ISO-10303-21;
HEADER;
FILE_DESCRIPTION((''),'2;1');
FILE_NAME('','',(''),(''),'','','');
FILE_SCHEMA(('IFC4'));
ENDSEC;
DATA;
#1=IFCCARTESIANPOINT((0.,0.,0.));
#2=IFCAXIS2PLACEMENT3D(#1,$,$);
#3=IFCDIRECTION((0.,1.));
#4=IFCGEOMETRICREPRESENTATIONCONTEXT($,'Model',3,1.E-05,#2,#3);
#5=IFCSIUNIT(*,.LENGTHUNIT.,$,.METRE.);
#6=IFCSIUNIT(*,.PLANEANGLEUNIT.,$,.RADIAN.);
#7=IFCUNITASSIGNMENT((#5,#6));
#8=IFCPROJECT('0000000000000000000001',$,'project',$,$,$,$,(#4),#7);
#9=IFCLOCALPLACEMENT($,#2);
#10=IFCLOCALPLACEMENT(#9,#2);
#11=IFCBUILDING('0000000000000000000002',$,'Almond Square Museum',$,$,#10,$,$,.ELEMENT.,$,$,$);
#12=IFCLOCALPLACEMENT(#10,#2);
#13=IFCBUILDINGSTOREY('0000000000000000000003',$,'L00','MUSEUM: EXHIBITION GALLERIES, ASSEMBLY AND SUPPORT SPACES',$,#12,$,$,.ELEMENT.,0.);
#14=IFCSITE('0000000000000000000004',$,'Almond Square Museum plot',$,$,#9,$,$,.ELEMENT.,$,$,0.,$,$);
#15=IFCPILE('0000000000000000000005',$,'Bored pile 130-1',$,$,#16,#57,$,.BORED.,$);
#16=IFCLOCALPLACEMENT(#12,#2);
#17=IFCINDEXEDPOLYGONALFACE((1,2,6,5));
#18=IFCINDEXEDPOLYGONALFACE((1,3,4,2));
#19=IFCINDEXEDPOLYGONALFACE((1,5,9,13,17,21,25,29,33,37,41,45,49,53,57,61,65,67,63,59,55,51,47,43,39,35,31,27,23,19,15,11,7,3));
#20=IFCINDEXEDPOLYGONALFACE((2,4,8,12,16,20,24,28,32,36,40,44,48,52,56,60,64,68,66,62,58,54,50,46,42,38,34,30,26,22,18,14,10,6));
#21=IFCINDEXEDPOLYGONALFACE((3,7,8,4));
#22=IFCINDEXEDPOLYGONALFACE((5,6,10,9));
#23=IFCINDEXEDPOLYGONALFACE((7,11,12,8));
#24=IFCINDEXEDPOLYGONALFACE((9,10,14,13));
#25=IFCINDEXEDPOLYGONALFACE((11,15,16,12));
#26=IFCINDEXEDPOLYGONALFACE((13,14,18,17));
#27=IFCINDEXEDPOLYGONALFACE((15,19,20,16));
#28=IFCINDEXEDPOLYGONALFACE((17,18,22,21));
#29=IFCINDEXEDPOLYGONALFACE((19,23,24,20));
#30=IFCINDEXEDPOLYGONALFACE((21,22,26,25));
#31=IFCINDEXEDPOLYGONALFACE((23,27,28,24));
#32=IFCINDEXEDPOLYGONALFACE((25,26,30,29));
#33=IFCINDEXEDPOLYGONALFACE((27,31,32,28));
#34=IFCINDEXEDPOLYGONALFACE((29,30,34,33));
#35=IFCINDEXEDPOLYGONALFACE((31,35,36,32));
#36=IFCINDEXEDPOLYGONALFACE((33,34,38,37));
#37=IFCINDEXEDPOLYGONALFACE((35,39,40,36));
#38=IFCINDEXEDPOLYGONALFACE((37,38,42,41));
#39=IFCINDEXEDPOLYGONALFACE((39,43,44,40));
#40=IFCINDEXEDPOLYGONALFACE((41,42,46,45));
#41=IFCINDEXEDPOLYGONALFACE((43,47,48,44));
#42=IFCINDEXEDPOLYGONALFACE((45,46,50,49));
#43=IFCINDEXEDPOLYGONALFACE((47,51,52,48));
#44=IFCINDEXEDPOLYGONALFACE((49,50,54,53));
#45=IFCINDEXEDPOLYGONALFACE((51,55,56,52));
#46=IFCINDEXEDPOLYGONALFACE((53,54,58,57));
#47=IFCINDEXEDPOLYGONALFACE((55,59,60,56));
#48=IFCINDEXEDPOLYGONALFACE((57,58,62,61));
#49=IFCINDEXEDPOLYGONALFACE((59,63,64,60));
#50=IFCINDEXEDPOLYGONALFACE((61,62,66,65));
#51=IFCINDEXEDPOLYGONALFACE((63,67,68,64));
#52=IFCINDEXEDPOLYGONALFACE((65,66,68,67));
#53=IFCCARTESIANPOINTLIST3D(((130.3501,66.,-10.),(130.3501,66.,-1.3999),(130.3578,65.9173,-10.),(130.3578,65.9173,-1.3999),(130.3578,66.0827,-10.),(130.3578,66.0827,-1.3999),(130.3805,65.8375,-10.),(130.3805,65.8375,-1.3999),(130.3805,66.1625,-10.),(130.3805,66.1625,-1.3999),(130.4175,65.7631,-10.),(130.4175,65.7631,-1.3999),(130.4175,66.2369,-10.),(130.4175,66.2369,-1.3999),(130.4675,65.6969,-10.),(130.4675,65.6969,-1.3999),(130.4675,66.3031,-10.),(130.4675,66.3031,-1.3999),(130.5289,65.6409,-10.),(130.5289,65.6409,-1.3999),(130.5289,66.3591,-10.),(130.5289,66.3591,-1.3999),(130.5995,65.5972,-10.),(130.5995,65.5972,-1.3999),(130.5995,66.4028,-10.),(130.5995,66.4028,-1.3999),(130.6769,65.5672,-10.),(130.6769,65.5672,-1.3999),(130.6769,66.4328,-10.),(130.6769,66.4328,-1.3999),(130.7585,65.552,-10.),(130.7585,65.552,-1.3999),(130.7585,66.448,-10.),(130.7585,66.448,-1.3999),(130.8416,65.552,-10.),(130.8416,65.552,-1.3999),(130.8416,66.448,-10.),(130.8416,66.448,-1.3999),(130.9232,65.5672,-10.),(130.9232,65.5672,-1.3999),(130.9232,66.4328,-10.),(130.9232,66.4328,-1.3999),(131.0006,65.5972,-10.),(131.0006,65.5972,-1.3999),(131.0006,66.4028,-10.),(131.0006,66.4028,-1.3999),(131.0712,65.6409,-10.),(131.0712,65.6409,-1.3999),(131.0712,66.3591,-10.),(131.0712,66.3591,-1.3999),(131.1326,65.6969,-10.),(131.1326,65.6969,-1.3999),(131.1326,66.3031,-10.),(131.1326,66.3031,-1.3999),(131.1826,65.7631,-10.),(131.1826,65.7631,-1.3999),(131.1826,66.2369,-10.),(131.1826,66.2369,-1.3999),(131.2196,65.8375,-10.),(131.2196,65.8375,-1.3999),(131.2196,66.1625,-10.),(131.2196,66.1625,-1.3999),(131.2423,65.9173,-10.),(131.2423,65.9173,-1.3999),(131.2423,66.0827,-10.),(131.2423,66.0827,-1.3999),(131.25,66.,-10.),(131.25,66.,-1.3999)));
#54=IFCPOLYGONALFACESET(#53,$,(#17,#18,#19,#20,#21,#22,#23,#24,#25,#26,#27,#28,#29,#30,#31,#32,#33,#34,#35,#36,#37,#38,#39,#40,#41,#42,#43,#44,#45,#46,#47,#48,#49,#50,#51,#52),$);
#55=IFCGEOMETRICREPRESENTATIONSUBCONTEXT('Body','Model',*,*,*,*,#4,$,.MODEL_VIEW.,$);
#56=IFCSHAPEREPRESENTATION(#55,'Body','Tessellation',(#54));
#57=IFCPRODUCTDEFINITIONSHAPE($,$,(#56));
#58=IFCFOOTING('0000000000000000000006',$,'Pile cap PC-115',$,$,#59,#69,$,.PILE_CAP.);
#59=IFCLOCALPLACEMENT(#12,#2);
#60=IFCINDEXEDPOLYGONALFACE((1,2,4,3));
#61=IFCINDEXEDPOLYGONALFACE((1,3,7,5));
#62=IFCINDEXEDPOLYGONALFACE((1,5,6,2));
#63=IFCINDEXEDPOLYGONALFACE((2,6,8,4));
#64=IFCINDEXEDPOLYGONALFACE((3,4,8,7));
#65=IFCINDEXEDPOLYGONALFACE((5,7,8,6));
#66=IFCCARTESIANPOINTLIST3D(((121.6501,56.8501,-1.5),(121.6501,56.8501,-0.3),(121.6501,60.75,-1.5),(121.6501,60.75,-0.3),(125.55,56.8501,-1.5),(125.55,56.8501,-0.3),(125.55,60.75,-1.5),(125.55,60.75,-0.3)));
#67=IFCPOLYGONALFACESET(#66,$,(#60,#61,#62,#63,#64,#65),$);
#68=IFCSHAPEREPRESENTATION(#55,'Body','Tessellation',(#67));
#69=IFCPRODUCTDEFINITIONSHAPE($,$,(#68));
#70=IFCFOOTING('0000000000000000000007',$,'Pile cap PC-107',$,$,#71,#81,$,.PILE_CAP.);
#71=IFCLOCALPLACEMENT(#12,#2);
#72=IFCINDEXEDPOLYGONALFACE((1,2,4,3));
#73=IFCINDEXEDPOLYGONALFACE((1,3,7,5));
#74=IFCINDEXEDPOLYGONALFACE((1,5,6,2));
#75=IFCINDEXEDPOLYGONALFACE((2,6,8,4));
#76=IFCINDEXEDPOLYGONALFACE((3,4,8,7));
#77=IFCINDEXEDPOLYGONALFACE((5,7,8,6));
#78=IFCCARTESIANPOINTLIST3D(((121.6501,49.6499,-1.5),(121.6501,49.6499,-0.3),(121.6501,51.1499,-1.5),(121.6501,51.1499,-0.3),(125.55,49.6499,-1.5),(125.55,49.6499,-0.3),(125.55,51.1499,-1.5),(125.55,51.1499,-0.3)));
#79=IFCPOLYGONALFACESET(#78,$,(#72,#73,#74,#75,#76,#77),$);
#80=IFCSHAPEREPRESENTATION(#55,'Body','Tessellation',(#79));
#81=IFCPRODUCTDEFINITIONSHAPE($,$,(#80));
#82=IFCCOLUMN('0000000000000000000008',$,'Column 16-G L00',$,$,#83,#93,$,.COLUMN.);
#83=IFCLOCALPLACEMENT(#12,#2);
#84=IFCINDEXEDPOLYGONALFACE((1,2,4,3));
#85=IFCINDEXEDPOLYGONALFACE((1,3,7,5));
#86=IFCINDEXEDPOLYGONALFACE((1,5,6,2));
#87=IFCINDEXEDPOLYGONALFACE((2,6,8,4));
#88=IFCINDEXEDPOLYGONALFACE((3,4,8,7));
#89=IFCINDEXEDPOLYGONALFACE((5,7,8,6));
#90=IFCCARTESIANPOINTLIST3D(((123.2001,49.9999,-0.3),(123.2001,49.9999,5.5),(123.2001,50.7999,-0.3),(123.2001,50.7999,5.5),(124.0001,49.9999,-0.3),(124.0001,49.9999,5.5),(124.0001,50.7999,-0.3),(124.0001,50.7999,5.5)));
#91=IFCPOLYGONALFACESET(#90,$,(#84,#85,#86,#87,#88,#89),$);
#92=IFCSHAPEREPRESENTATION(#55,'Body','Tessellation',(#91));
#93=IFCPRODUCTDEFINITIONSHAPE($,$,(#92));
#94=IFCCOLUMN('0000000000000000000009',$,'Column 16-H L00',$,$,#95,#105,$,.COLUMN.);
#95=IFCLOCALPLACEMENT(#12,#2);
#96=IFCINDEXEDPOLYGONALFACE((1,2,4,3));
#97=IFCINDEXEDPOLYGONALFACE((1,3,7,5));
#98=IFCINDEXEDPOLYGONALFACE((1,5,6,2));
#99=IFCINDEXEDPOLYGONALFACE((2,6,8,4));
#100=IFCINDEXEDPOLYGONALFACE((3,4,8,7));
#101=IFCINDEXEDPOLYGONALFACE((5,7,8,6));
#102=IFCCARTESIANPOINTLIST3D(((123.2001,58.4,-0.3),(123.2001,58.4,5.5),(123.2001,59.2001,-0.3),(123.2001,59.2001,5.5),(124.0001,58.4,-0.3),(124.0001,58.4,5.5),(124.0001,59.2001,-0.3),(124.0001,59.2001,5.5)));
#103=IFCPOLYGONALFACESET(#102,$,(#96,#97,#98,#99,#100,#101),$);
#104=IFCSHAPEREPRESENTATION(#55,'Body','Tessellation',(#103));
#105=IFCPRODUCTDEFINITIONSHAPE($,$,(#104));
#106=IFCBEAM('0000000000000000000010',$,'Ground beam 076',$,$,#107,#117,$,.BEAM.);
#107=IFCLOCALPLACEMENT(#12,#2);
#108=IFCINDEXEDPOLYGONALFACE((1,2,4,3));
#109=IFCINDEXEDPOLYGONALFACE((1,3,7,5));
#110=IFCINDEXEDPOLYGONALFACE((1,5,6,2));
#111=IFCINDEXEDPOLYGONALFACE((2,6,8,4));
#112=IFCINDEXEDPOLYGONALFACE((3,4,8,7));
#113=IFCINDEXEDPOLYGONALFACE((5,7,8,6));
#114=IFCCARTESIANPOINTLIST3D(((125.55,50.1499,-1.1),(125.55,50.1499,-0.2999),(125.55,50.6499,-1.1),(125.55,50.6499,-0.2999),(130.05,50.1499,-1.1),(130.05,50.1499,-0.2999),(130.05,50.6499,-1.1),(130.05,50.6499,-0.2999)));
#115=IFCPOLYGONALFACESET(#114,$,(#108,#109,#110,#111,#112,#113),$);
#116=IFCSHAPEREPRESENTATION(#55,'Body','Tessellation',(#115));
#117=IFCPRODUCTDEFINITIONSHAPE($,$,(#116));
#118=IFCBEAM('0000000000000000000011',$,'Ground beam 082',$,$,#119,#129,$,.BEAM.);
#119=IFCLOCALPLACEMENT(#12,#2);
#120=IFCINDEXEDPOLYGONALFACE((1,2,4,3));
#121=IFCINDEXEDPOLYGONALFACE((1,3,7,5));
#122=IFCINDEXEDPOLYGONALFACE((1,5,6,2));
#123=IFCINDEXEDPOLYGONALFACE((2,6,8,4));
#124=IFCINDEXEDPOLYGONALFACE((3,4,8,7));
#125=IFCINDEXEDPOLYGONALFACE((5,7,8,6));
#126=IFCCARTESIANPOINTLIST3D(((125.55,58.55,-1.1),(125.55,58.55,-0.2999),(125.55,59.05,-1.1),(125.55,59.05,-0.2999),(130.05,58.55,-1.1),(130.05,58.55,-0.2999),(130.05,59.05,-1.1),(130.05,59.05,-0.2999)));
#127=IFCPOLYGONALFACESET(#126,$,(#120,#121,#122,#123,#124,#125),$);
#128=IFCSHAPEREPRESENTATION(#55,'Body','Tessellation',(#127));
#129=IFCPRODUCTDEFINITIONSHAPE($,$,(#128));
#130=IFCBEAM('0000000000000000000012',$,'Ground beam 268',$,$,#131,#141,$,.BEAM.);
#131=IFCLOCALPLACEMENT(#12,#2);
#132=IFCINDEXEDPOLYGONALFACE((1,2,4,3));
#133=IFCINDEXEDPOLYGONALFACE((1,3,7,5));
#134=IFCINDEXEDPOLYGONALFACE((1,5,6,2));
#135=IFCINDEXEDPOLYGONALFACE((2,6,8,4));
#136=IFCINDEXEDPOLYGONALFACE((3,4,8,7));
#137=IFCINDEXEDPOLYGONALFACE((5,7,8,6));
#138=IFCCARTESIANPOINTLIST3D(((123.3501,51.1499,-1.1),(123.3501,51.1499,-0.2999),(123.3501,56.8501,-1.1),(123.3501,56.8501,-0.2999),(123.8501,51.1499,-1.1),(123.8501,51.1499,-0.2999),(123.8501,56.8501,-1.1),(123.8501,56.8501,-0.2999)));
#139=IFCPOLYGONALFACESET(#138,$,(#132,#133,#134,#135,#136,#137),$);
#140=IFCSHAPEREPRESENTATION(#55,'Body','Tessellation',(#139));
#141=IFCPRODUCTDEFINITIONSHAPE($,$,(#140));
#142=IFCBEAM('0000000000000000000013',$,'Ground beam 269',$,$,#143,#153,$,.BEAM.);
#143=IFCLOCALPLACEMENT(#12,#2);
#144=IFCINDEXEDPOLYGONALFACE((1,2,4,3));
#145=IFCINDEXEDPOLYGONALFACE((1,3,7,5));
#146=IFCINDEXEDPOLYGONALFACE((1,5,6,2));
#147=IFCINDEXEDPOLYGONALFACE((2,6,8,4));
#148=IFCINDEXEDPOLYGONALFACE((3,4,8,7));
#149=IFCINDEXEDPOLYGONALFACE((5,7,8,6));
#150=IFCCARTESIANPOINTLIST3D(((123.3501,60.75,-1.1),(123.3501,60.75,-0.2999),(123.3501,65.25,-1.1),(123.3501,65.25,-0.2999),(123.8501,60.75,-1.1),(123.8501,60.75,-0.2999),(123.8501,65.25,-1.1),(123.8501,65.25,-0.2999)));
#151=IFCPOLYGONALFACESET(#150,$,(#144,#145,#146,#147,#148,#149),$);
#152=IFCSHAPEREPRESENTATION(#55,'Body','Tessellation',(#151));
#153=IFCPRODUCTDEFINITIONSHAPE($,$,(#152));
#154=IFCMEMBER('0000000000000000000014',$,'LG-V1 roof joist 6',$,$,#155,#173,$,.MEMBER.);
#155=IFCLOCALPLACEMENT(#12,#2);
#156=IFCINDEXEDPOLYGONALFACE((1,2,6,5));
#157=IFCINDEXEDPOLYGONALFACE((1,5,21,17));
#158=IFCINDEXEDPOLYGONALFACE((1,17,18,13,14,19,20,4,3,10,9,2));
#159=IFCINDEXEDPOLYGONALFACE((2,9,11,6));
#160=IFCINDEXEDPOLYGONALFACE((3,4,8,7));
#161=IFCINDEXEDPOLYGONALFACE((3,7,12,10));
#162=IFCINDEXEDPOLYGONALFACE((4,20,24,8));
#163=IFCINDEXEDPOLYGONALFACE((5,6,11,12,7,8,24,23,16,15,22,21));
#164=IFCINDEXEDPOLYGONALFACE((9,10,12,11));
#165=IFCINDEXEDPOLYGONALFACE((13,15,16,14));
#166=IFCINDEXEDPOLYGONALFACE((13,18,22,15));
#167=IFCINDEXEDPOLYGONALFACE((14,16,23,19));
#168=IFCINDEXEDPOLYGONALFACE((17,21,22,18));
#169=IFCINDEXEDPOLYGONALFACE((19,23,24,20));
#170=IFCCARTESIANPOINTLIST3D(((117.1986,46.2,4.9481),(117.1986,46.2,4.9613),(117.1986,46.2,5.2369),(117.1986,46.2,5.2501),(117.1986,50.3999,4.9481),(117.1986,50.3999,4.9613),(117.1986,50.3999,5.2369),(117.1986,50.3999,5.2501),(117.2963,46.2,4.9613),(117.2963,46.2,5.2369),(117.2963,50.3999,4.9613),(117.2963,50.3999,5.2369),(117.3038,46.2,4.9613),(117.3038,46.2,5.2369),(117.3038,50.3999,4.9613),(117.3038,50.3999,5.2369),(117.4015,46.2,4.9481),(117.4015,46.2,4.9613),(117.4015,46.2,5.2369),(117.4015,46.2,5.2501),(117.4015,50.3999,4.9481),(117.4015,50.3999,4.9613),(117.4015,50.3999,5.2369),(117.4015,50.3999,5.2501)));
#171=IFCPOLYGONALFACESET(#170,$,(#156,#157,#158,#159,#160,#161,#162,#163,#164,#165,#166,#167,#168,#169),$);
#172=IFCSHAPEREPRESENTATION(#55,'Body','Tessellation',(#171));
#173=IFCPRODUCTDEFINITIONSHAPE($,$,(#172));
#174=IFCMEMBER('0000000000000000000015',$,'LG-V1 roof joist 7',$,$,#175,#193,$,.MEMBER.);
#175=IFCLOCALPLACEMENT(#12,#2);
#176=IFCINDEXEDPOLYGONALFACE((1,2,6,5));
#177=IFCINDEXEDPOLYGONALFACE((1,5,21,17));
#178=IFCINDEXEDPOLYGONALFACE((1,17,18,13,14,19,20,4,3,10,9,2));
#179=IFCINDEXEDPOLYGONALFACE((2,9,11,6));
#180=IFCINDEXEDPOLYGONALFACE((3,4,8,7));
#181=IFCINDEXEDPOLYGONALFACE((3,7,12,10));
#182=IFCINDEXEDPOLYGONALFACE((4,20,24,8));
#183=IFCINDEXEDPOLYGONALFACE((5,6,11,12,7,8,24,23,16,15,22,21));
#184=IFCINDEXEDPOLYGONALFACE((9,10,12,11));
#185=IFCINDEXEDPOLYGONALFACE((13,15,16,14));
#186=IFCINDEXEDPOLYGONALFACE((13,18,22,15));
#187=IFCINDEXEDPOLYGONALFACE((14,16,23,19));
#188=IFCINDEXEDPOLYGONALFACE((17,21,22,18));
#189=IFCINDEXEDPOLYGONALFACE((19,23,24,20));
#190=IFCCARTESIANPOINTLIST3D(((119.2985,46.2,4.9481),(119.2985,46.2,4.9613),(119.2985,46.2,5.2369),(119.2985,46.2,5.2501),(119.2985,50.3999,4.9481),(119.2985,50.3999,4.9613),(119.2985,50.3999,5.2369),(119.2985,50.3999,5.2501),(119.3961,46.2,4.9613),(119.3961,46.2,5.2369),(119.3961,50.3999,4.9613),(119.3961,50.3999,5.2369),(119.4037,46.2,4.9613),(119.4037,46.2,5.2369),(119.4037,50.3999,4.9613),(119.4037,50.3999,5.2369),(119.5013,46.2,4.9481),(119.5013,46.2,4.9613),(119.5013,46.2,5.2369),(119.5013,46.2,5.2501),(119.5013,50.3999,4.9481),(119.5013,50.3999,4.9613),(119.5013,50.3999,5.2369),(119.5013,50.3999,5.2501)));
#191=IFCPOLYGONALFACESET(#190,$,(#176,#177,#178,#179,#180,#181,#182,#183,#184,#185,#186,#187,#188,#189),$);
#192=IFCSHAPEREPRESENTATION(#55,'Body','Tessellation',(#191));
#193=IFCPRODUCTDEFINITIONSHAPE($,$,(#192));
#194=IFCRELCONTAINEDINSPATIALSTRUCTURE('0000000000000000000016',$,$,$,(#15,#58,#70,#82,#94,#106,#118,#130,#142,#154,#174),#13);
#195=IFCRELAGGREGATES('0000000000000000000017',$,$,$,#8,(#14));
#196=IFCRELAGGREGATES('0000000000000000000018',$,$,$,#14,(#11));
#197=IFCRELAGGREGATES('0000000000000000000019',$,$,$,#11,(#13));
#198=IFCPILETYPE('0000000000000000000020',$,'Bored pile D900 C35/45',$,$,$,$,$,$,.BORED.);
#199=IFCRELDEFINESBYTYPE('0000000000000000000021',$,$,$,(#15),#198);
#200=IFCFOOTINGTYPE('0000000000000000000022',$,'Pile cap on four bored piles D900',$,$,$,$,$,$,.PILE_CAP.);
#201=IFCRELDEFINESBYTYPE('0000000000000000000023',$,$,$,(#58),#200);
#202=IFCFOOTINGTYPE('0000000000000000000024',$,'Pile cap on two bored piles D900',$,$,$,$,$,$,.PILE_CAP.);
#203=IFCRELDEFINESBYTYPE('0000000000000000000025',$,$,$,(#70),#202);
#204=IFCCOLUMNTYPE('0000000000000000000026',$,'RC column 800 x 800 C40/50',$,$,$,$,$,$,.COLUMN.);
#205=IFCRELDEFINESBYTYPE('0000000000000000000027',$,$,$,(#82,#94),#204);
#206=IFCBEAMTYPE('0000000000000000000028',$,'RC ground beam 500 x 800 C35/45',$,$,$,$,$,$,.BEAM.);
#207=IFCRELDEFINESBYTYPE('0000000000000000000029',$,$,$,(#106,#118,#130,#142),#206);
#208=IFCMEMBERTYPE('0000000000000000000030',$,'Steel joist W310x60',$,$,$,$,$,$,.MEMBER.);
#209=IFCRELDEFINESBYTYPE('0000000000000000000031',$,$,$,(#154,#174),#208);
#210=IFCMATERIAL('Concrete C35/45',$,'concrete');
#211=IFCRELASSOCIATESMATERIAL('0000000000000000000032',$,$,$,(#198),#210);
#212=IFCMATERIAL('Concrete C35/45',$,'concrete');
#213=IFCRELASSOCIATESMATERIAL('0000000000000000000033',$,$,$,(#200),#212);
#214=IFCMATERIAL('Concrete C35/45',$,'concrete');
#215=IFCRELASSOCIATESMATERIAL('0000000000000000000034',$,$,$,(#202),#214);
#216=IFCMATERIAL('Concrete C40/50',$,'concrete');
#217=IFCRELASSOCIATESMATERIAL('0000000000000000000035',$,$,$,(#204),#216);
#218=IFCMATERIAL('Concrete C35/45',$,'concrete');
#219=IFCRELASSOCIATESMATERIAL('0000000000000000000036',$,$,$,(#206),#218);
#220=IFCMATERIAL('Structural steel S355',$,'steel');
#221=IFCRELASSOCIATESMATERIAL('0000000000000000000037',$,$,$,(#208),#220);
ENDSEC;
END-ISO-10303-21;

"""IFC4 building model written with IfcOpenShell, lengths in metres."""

from ifc_helpers import new_model, si_unit, direction, frame, origin, origin_2d, place, context, subcontext, project, spatial, rectangle, circle, i_section, extrude, material, material_profile, profile_set, type_object, element, save


model = new_model("IFC4")

# Units and contexts
model_context = context("Model", 3, precision=1e-05, world=origin(), true_north=direction((0.0, 1.0)))
body_context = subcontext(model_context, "Body", "Model", "MODEL_VIEW")
ifc_project = project(units=[si_unit("LENGTHUNIT", "METRE"), si_unit("PLANEANGLEUNIT", "RADIAN")], contexts=[model_context])

# Site, building, storey
site_placement = place(None, origin())
site = spatial("IfcSite", under=ifc_project, at=site_placement, Name="Almond Square Museum plot", CompositionType="ELEMENT", RefElevation=0.0)
building_placement = place(site_placement, origin())
building = spatial("IfcBuilding", under=site, at=building_placement, Name="Almond Square Museum", CompositionType="ELEMENT")
storey_placement = place(building_placement, origin())
storey = spatial("IfcBuildingStorey", under=building, at=storey_placement, Name="L00", Description="MUSEUM: EXHIBITION GALLERIES, ASSEMBLY AND SUPPORT SPACES", CompositionType="ELEMENT", Elevation=0.0)

# Pile
ifc_material_1 = material(Name="Concrete C35/45", Category="concrete")
ifc_material_profile_1 = material_profile(ifc_material_1, circle(Radius=0.45, at=origin_2d()))
ifc_profile_set_1 = profile_set([ifc_material_profile_1], Name="Concrete C35/45")
pile_type = type_object("IfcPileType", Name="Bored pile D900 C35/45", PredefinedType="BORED", material=ifc_profile_set_1)
for number, where, z_axis, x_axis, name in (
    (1, (130.8, 66.0, -1.3999), (0.0, 0.0, -1.0), (1.0, 0.0, 0.0), "Bored pile 130-1"),
):
    element("IfcPile", number, at=place(storey_placement, frame(where, z_axis=z_axis, x_axis=x_axis)), inside=storey, type_object=pile_type, Name=name, PredefinedType="BORED", context=body_context, shape_type="SweptSolid", body=[
        extrude(circle(Radius=0.45, at=origin_2d()), origin(), (0.0, 0.0, 1.0), 8.6001),
    ])

# Footings
ifc_material_2 = material(Name="Concrete C35/45", Category="concrete")
footing_type_1 = type_object("IfcFootingType", Name="Pile cap on four bored piles D900", PredefinedType="PILE_CAP", material=ifc_material_2)
footing_1_placement = place(storey_placement, frame((123.6001, 58.8, -1.5), z_axis=(0.0, 0.0, 1.0), x_axis=(1.0, 0.0, 0.0)))
element("IfcFooting", 2, at=footing_1_placement, inside=storey, type_object=footing_type_1, Name="Pile cap PC-115", PredefinedType="PILE_CAP", context=body_context, shape_type="SweptSolid", body=[
    extrude(rectangle(XDim=3.8999, YDim=3.8999, at=origin_2d()), origin(), (0.0, 0.0, 1.0), 1.2),
])
ifc_material_3 = material(Name="Concrete C35/45", Category="concrete")
footing_type_2 = type_object("IfcFootingType", Name="Pile cap on two bored piles D900", PredefinedType="PILE_CAP", material=ifc_material_3)
footing_2_placement = place(storey_placement, frame((123.6001, 50.3999, -1.5), z_axis=(0.0, 0.0, 1.0), x_axis=(1.0, 0.0, 0.0)))
element("IfcFooting", 3, at=footing_2_placement, inside=storey, type_object=footing_type_2, Name="Pile cap PC-107", PredefinedType="PILE_CAP", context=body_context, shape_type="SweptSolid", body=[
    extrude(rectangle(XDim=3.8999, YDim=1.5, at=origin_2d()), origin(), (0.0, 0.0, 1.0), 1.2),
])

# Columns
ifc_material_4 = material(Name="Concrete C40/50", Category="concrete")
ifc_material_profile_2 = material_profile(ifc_material_4, rectangle(XDim=0.8, YDim=0.8, at=origin_2d()))
ifc_profile_set_2 = profile_set([ifc_material_profile_2], Name="Concrete C40/50")
column_type = type_object("IfcColumnType", Name="RC column 800 x 800 C40/50", PredefinedType="COLUMN", material=ifc_profile_set_2)
for number, where, z_axis, x_axis, name in (
    (4, (123.6001, 50.3999, -0.3), (0.0, 0.0, 1.0), (1.0, 0.0, 0.0), "Column 16-G L00"),
    (5, (123.6001, 58.8, -0.3), (0.0, 0.0, 1.0), (1.0, 0.0, 0.0), "Column 16-H L00"),
):
    element("IfcColumn", number, at=place(storey_placement, frame(where, z_axis=z_axis, x_axis=x_axis)), inside=storey, type_object=column_type, Name=name, PredefinedType="COLUMN", context=body_context, shape_type="SweptSolid", body=[
        extrude(rectangle(XDim=0.8, YDim=0.8, at=origin_2d()), origin(), (0.0, 0.0, 1.0), 5.8),
    ])

# Beams
ifc_material_5 = material(Name="Concrete C35/45", Category="concrete")
ifc_material_profile_3 = material_profile(ifc_material_5, rectangle(XDim=0.5, YDim=0.8, at=origin_2d()))
ifc_profile_set_3 = profile_set([ifc_material_profile_3], Name="Concrete C35/45")
beam_type = type_object("IfcBeamType", Name="RC ground beam 500 x 800 C35/45", PredefinedType="BEAM", material=ifc_profile_set_3)
for number, where, z_axis, x_axis, name in (
    (6, (125.55, 50.3999, -0.7), (1.0, 0.0, 0.0), (0.0, 1.0, 0.0), "Ground beam 076"),
    (7, (125.55, 58.8, -0.7), (1.0, 0.0, 0.0), (0.0, 1.0, 0.0), "Ground beam 082"),
):
    element("IfcBeam", number, at=place(storey_placement, frame(where, z_axis=z_axis, x_axis=x_axis)), inside=storey, type_object=beam_type, Name=name, PredefinedType="BEAM", context=body_context, shape_type="SweptSolid", body=[
        extrude(rectangle(XDim=0.5, YDim=0.8, at=origin_2d()), origin(), (0.0, 0.0, 1.0), 4.5),
    ])
beam_1_placement = place(storey_placement, frame((123.6001, 51.1499, -0.7), z_axis=(0.0, 1.0, 0.0), x_axis=(-1.0, 0.0, 0.0)))
element("IfcBeam", 8, at=beam_1_placement, inside=storey, type_object=beam_type, Name="Ground beam 268", PredefinedType="BEAM", context=body_context, shape_type="SweptSolid", body=[
    extrude(rectangle(XDim=0.5, YDim=0.8, at=origin_2d()), origin(), (0.0, 0.0, 1.0), 5.7002),
])
beam_2_placement = place(storey_placement, frame((123.6001, 60.75, -0.7), z_axis=(0.0, 1.0, 0.0), x_axis=(-1.0, 0.0, 0.0)))
element("IfcBeam", 9, at=beam_2_placement, inside=storey, type_object=beam_type, Name="Ground beam 269", PredefinedType="BEAM", context=body_context, shape_type="SweptSolid", body=[
    extrude(rectangle(XDim=0.5, YDim=0.8, at=origin_2d()), origin(), (0.0, 0.0, 1.0), 4.5),
])

# Members
ifc_material_6 = material(Name="Structural steel S355", Category="steel")
ifc_material_profile_4 = material_profile(ifc_material_6, i_section(OverallWidth=0.2029, OverallDepth=0.302, WebThickness=0.0076, FlangeThickness=0.0132, at=origin_2d()))
ifc_profile_set_4 = profile_set([ifc_material_profile_4], Name="Structural steel S355")
member_type = type_object("IfcMemberType", Name="Steel joist W310x60", PredefinedType="MEMBER", material=ifc_profile_set_4)
for number, where, z_axis, x_axis, name in (
    (10, (117.3, 50.3999, 5.0991), (0.0, -1.0, 0.0), (1.0, 0.0, 0.0), "LG-V1 roof joist 6"),
    (11, (119.3999, 50.3999, 5.0991), (0.0, -1.0, 0.0), (1.0, 0.0, 0.0), "LG-V1 roof joist 7"),
):
    element("IfcMember", number, at=place(storey_placement, frame(where, z_axis=z_axis, x_axis=x_axis)), inside=storey, type_object=member_type, Name=name, PredefinedType="MEMBER", context=body_context, shape_type="SweptSolid", body=[
        extrude(i_section(OverallWidth=0.2029, OverallDepth=0.302, WebThickness=0.0076, FlangeThickness=0.0132, at=origin_2d()), origin(), (0.0, 0.0, 1.0), 4.2),
    ])

save(model, "model.ifc")
